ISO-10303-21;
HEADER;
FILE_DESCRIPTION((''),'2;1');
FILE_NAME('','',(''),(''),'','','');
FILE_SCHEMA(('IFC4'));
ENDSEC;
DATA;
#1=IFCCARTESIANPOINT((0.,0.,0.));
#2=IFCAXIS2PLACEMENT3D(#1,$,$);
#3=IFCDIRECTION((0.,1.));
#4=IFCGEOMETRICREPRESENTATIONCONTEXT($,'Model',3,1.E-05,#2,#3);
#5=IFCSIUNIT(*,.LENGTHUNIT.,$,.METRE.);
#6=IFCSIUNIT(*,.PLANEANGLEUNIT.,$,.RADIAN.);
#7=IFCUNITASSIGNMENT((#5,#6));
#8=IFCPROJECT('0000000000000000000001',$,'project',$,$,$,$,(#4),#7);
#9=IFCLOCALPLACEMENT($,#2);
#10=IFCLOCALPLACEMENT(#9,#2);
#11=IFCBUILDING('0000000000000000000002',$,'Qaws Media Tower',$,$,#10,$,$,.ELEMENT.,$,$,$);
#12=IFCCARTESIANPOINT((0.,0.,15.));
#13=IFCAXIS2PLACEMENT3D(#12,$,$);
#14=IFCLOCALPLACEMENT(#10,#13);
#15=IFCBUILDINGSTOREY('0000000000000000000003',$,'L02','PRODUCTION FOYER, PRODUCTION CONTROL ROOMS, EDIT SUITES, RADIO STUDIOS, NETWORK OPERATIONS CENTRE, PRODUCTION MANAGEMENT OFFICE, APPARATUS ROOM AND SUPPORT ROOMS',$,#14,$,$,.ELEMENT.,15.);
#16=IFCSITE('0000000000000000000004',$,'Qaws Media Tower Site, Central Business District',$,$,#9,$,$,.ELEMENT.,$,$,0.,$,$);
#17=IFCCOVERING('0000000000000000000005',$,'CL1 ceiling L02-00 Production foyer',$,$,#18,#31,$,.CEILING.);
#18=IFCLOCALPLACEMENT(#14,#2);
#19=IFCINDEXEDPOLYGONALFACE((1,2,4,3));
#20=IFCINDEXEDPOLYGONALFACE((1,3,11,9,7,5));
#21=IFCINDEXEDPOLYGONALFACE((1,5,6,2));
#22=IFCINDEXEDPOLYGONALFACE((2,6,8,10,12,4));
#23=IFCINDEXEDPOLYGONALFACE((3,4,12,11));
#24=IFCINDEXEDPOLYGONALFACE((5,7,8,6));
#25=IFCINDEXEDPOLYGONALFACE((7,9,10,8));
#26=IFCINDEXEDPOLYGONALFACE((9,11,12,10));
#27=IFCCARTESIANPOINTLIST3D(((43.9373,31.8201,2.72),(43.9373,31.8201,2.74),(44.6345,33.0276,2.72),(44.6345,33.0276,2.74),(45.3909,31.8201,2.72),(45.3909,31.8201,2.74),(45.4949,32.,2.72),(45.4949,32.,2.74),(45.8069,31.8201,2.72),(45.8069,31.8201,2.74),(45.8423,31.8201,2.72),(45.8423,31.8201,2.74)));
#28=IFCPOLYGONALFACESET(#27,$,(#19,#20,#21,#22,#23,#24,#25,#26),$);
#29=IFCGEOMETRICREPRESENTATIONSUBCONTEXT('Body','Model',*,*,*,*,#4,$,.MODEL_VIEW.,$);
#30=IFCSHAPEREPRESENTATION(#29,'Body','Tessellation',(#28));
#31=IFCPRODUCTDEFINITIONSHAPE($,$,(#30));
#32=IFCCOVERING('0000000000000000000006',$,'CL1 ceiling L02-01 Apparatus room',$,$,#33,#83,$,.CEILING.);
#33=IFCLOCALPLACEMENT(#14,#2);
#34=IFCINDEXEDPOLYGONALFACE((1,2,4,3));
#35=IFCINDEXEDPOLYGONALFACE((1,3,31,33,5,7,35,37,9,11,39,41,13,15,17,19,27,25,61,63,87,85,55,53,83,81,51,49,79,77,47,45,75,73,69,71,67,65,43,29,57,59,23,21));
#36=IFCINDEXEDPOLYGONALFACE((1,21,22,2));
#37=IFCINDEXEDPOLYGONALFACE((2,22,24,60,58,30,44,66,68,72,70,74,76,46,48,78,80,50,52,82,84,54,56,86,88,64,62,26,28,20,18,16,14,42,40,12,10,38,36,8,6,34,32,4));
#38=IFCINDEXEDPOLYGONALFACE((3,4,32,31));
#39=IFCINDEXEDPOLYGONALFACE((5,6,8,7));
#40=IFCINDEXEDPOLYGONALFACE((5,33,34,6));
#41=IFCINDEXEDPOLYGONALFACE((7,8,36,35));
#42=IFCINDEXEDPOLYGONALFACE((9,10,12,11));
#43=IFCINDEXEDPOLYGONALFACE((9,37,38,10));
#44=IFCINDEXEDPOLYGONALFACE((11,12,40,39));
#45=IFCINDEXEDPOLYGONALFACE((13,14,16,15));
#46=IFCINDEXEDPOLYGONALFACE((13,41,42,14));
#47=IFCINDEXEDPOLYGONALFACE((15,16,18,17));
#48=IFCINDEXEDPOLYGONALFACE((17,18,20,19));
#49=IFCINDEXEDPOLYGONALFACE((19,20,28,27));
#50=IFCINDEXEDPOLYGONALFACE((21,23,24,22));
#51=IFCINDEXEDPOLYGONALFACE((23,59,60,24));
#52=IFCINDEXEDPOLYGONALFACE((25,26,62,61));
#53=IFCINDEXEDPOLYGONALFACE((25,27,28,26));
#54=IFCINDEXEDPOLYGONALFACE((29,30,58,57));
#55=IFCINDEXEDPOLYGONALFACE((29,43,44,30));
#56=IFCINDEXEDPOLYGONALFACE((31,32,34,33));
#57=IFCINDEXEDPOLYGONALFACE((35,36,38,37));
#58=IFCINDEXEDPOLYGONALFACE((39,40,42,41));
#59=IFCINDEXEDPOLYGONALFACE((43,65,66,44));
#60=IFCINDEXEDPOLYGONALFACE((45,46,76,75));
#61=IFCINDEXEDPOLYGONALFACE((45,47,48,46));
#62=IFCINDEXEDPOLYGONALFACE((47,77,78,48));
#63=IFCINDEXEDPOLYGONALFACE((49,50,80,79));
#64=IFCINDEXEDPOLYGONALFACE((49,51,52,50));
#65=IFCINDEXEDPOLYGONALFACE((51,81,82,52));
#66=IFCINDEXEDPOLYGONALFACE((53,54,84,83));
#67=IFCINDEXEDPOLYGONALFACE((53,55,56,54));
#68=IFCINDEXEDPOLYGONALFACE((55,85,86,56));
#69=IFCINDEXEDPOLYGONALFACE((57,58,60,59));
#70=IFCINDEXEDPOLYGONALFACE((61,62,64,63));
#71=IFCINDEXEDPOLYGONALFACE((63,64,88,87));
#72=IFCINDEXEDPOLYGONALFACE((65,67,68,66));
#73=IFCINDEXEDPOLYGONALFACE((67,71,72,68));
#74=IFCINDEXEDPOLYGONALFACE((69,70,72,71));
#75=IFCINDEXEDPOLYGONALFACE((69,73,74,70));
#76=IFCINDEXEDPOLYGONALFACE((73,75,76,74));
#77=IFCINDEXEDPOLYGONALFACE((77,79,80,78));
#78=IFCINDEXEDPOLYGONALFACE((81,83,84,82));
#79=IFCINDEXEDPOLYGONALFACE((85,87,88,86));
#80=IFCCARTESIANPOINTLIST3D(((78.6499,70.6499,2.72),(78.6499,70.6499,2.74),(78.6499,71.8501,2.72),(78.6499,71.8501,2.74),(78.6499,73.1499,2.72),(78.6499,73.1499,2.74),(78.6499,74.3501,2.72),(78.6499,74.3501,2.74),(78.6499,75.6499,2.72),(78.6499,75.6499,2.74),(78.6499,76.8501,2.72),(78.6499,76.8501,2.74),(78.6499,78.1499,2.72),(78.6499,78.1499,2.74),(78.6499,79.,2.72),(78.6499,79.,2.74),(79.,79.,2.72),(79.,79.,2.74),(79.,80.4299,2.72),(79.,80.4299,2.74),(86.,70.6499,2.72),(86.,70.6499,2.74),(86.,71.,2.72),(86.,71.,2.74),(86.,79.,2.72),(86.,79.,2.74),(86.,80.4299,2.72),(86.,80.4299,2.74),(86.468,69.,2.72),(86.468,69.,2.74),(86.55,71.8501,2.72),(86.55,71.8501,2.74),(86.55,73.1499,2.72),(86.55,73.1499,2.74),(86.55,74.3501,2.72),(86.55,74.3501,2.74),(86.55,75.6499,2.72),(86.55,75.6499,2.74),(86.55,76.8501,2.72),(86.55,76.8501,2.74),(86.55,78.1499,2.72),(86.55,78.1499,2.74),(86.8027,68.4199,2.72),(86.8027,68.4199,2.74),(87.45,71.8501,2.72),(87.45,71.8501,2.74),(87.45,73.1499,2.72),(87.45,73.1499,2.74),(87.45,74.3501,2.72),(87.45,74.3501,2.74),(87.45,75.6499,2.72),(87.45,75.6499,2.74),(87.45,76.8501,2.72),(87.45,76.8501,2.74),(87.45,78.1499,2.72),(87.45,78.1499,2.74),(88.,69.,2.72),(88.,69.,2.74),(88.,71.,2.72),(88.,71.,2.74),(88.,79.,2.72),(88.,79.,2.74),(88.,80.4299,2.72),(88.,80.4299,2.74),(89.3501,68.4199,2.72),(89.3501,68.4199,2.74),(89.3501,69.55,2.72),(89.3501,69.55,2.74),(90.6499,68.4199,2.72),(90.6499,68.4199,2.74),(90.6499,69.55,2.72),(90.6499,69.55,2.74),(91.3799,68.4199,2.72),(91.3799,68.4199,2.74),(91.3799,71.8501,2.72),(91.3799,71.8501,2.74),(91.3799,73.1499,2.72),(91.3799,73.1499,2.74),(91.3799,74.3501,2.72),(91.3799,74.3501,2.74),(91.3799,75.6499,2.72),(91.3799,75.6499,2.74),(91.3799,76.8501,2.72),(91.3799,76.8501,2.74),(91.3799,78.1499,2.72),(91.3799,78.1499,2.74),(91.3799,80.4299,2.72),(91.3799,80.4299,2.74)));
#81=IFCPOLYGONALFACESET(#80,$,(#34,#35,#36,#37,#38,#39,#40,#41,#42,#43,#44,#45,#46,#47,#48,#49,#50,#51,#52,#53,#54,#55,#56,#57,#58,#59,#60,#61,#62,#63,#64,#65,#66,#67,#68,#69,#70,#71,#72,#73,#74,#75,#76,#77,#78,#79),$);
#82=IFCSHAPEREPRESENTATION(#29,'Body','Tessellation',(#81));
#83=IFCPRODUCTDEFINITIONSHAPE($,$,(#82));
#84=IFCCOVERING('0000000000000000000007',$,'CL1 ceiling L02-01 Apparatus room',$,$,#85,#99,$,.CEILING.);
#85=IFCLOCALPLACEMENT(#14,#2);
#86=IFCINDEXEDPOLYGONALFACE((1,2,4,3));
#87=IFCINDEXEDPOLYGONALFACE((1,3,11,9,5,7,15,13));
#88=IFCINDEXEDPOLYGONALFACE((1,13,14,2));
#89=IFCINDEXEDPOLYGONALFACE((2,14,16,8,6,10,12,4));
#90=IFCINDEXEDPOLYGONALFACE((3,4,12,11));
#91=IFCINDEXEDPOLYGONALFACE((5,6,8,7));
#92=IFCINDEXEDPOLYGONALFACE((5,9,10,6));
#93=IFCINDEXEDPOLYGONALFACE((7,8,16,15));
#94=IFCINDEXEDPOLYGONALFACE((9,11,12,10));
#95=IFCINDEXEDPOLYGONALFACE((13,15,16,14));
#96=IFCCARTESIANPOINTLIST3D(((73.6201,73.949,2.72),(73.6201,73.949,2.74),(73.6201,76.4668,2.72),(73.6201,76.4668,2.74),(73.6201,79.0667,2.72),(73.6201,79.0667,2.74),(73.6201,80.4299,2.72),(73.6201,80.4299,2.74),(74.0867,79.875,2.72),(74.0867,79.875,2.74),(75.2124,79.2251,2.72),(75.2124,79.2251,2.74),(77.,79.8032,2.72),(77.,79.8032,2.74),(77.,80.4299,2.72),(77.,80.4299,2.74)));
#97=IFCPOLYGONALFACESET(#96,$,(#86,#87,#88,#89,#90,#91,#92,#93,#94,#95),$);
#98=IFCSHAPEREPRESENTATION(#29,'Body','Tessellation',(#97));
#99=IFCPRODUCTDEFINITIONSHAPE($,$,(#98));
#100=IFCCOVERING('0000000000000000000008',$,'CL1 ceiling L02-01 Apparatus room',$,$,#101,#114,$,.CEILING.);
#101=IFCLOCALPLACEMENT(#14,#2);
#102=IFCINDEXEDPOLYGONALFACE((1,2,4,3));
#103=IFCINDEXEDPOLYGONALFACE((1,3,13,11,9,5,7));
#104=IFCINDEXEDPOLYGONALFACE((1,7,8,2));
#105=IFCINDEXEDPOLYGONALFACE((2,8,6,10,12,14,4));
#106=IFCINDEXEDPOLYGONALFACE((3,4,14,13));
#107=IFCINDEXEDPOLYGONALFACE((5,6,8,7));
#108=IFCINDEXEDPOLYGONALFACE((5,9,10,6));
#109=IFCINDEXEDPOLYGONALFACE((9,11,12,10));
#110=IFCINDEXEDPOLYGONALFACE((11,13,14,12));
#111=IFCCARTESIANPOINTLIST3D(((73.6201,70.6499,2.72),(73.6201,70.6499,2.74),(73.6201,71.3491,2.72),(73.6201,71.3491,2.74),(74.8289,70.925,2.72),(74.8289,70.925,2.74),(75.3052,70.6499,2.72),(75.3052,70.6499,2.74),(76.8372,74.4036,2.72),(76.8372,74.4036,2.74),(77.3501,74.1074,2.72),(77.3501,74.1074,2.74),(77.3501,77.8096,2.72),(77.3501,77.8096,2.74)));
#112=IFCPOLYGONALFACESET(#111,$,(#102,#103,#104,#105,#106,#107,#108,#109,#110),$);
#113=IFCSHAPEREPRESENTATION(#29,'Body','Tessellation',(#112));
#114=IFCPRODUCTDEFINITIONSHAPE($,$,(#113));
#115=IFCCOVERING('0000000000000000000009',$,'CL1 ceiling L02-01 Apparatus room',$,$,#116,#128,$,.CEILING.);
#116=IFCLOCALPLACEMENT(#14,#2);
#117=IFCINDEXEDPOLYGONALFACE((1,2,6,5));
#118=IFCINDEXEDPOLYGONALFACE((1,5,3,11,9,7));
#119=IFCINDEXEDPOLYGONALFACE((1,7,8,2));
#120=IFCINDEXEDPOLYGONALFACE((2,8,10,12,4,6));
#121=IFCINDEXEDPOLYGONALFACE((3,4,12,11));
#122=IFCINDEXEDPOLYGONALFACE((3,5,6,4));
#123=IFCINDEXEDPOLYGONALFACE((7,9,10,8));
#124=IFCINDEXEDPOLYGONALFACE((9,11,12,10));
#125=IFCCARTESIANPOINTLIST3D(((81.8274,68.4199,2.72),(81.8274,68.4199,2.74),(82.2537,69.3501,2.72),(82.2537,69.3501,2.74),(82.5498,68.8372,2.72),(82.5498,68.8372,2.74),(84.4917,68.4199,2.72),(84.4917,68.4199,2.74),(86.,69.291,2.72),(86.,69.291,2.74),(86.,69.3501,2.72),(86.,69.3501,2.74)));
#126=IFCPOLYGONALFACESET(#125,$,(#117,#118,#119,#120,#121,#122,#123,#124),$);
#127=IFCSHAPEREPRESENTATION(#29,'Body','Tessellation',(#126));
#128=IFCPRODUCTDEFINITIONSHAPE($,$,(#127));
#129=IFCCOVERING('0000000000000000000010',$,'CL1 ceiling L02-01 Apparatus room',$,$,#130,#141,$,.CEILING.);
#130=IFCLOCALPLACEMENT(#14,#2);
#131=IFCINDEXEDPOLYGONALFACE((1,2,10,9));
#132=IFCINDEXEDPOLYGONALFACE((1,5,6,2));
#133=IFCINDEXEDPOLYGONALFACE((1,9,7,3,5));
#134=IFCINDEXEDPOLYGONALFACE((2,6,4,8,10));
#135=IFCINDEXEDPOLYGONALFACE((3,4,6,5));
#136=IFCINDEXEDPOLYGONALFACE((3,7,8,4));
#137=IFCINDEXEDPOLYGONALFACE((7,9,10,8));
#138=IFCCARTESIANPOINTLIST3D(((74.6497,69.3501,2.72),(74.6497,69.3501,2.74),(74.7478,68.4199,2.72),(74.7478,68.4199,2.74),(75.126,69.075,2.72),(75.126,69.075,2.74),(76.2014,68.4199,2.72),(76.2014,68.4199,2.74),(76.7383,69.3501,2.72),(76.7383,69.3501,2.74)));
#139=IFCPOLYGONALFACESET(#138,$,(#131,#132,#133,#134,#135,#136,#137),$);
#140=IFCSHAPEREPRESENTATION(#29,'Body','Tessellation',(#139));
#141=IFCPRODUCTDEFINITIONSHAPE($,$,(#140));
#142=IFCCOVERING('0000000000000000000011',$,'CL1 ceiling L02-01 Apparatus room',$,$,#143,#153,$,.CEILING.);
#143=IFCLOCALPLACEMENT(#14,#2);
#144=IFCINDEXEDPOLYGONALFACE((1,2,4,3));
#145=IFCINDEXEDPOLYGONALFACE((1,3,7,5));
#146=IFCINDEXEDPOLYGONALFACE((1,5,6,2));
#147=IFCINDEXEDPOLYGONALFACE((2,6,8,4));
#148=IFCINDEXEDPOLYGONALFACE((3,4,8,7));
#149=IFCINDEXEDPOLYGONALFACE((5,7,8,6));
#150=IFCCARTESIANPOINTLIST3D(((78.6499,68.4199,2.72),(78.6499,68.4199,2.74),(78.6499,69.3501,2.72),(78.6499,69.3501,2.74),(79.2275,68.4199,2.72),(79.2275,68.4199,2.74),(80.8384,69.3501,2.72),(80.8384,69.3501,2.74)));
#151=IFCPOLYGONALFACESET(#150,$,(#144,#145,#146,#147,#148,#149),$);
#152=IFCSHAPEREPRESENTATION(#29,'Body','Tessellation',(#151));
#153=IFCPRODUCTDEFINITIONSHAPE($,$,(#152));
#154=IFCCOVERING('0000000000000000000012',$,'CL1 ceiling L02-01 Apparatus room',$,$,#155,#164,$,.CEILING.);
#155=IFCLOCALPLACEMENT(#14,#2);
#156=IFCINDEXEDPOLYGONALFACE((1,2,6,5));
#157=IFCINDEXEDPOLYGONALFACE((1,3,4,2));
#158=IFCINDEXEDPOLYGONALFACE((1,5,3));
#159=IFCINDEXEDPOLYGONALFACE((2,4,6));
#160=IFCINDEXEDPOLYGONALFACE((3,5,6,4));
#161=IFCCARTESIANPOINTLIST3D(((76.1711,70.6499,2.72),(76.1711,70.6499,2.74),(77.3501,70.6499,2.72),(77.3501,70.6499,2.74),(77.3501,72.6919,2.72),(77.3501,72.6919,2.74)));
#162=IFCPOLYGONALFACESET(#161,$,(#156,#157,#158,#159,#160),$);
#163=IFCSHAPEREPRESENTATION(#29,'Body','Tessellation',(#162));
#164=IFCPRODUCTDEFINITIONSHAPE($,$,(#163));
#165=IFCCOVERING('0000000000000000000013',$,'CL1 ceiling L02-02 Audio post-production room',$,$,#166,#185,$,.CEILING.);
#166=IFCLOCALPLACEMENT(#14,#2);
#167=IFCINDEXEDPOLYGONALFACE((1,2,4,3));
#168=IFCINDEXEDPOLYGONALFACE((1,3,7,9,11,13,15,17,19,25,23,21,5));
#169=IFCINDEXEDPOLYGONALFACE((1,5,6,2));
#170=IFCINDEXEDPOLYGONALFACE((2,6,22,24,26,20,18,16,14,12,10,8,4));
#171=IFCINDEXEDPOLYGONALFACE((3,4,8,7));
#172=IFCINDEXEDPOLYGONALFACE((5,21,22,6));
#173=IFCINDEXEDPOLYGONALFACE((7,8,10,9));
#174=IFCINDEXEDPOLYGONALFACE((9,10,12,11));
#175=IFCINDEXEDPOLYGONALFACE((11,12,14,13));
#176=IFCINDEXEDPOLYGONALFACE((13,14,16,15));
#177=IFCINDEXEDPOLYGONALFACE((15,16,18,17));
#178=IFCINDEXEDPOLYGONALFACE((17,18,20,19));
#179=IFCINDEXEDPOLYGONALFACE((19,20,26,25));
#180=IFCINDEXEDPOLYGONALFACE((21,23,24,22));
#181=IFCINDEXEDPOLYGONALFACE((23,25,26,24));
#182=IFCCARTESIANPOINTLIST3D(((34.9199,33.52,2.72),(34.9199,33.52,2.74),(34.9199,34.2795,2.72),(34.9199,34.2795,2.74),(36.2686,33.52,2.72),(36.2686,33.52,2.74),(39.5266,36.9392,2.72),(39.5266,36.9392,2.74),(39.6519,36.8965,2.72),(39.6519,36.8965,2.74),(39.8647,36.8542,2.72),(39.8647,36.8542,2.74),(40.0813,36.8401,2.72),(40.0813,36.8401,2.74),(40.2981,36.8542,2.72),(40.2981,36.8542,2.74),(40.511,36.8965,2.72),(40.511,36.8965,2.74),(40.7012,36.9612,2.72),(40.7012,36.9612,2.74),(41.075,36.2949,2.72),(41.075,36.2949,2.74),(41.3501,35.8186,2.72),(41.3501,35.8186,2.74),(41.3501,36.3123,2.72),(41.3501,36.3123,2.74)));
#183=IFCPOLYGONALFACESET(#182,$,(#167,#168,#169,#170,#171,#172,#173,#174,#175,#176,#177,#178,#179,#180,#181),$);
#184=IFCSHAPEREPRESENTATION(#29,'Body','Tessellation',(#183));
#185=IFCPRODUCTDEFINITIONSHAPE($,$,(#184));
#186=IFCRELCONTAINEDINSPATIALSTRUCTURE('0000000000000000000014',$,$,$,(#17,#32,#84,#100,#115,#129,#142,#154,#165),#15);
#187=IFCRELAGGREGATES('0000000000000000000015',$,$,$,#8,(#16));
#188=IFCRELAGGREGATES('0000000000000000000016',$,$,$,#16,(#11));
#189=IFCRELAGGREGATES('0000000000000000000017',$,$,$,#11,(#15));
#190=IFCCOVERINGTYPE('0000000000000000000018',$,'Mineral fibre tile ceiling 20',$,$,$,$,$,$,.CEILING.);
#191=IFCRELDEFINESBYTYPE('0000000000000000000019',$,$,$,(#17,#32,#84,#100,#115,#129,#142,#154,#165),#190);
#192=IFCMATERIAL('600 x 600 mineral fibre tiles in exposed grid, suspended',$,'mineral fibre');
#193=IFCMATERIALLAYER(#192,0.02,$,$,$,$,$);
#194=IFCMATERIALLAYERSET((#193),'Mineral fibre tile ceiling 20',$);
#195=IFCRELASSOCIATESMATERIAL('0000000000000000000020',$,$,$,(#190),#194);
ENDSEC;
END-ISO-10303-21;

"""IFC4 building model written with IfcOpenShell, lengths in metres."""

from ifc_helpers import new_model, si_unit, direction, frame, origin, place, context, subcontext, project, spatial, polyline, outline, extrude, material, layer, layer_set, type_object, element, save


model = new_model("IFC4")

# Units and contexts
model_context = context("Model", 3, precision=1e-05, world=origin(), true_north=direction((0.0, 1.0)))
body_context = subcontext(model_context, "Body", "Model", "MODEL_VIEW")
ifc_project = project(units=[si_unit("LENGTHUNIT", "METRE"), si_unit("PLANEANGLEUNIT", "RADIAN")], contexts=[model_context])

# Site, building, storey
site_placement = place(None, origin())
site = spatial("IfcSite", under=ifc_project, at=site_placement, Name="Qaws Media Tower Site, Central Business District", CompositionType="ELEMENT", RefElevation=0.0)
building_placement = place(site_placement, origin())
building = spatial("IfcBuilding", under=site, at=building_placement, Name="Qaws Media Tower", CompositionType="ELEMENT")
storey_placement = place(building_placement, frame((0.0, 0.0, 15.0)))
storey = spatial("IfcBuildingStorey", under=building, at=storey_placement, Name="L02", Description="PRODUCTION FOYER, PRODUCTION CONTROL ROOMS, EDIT SUITES, RADIO STUDIOS, NETWORK OPERATIONS CENTRE, PRODUCTION MANAGEMENT OFFICE, APPARATUS ROOM AND SUPPORT ROOMS", CompositionType="ELEMENT", Elevation=15.0)

# Coverings
ifc_material_1 = material(Name="600 x 600 mineral fibre tiles in exposed grid, suspended", Category="mineral fibre")
ifc_layer_1 = layer(ifc_material_1, 0.02)
ifc_layer_set_1 = layer_set([ifc_layer_1], Name="Mineral fibre tile ceiling 20")
covering_type_1 = type_object("IfcCoveringType", Name="Mineral fibre tile ceiling 20", PredefinedType="CEILING", material=ifc_layer_set_1)
covering_1_placement = place(storey_placement, frame((0.0, 0.0, 2.72)))
element("IfcCovering", 1, at=covering_1_placement, inside=storey, type_object=covering_type_1, Name="CL1 ceiling L02-00 Production foyer", PredefinedType="CEILING", context=body_context, shape_type="SweptSolid", body=[
    extrude(outline(polyline([(45.8069, 31.8201), (45.4949, 32.0), (45.3909, 31.8201), (43.9373, 31.8201), (44.6345, 33.0276), (45.8423, 31.8201), (45.8069, 31.8201)])), origin(), (0.0, 0.0, 1.0), 0.02),
])
covering_2_placement = place(storey_placement, frame((0.0, 0.0, 2.72)))
element("IfcCovering", 2, at=covering_2_placement, inside=storey, type_object=covering_type_1, Name="CL1 ceiling L02-01 Apparatus room", PredefinedType="CEILING", context=body_context, shape_type="SweptSolid", body=[
    extrude(outline(polyline([(79.0, 79.0), (79.0, 80.4299), (86.0, 80.4299), (86.0, 79.0), (88.0, 79.0), (88.0, 80.4299), (91.3799, 80.4299), (91.3799, 78.1499), (87.45, 78.1499), (87.45, 76.8501), (91.3799, 76.8501), (91.3799, 75.6499), (87.45, 75.6499), (87.45, 74.3501), (91.3799, 74.3501), (91.3799, 73.1499), (87.45, 73.1499), (87.45, 71.8501), (91.3799, 71.8501), (91.3799, 68.4199), (90.6499, 68.4199), (90.6499, 69.55), (89.3501, 69.55), (89.3501, 68.4199), (86.8027, 68.4199), (86.468, 69.0), (88.0, 69.0), (88.0, 71.0), (86.0, 71.0), (86.0, 70.6499), (78.6499, 70.6499), (78.6499, 71.8501), (86.55, 71.8501), (86.55, 73.1499), (78.6499, 73.1499), (78.6499, 74.3501), (86.55, 74.3501), (86.55, 75.6499), (78.6499, 75.6499), (78.6499, 76.8501), (86.55, 76.8501), (86.55, 78.1499), (78.6499, 78.1499), (78.6499, 79.0), (79.0, 79.0)])), origin(), (0.0, 0.0, 1.0), 0.02),
])
covering_3_placement = place(storey_placement, frame((0.0, 0.0, 2.72)))
element("IfcCovering", 3, at=covering_3_placement, inside=storey, type_object=covering_type_1, Name="CL1 ceiling L02-01 Apparatus room", PredefinedType="CEILING", context=body_context, shape_type="SweptSolid", body=[
    extrude(outline(polyline([(77.0, 80.4299), (77.0, 79.8032), (73.6201, 73.949), (73.6201, 76.4668), (75.2124, 79.2251), (74.0867, 79.875), (73.6201, 79.0667), (73.6201, 80.4299), (77.0, 80.4299)])), origin(), (0.0, 0.0, 1.0), 0.02),
])
covering_4_placement = place(storey_placement, frame((0.0, 0.0, 2.72)))
element("IfcCovering", 4, at=covering_4_placement, inside=storey, type_object=covering_type_1, Name="CL1 ceiling L02-01 Apparatus room", PredefinedType="CEILING", context=body_context, shape_type="SweptSolid", body=[
    extrude(outline(polyline([(73.6201, 71.3491), (77.3501, 77.8096), (77.3501, 74.1074), (76.8372, 74.4036), (74.8289, 70.925), (75.3052, 70.6499), (73.6201, 70.6499), (73.6201, 71.3491)])), origin(), (0.0, 0.0, 1.0), 0.02),
])
covering_5_placement = place(storey_placement, frame((0.0, 0.0, 2.72)))
element("IfcCovering", 5, at=covering_5_placement, inside=storey, type_object=covering_type_1, Name="CL1 ceiling L02-01 Apparatus room", PredefinedType="CEILING", context=body_context, shape_type="SweptSolid", body=[
    extrude(outline(polyline([(81.8274, 68.4199), (82.5498, 68.8372), (82.2537, 69.3501), (86.0, 69.3501), (86.0, 69.291), (84.4917, 68.4199), (81.8274, 68.4199)])), origin(), (0.0, 0.0, 1.0), 0.02),
])
covering_6_placement = place(storey_placement, frame((0.0, 0.0, 2.72)))
element("IfcCovering", 6, at=covering_6_placement, inside=storey, type_object=covering_type_1, Name="CL1 ceiling L02-01 Apparatus room", PredefinedType="CEILING", context=body_context, shape_type="SweptSolid", body=[
    extrude(outline(polyline([(74.7478, 68.4199), (75.126, 69.075), (74.6497, 69.3501), (76.7383, 69.3501), (76.2014, 68.4199), (74.7478, 68.4199)])), origin(), (0.0, 0.0, 1.0), 0.02),
])
covering_7_placement = place(storey_placement, frame((0.0, 0.0, 2.72)))
element("IfcCovering", 7, at=covering_7_placement, inside=storey, type_object=covering_type_1, Name="CL1 ceiling L02-01 Apparatus room", PredefinedType="CEILING", context=body_context, shape_type="SweptSolid", body=[
    extrude(outline(polyline([(78.6499, 68.4199), (78.6499, 69.3501), (80.8384, 69.3501), (79.2275, 68.4199), (78.6499, 68.4199)])), origin(), (0.0, 0.0, 1.0), 0.02),
])
covering_8_placement = place(storey_placement, frame((0.0, 0.0, 2.72)))
element("IfcCovering", 8, at=covering_8_placement, inside=storey, type_object=covering_type_1, Name="CL1 ceiling L02-01 Apparatus room", PredefinedType="CEILING", context=body_context, shape_type="SweptSolid", body=[
    extrude(outline(polyline([(77.3501, 72.6919), (77.3501, 70.6499), (76.1711, 70.6499), (77.3501, 72.6919)])), origin(), (0.0, 0.0, 1.0), 0.02),
])
covering_9_placement = place(storey_placement, frame((0.0, 0.0, 2.72)))
element("IfcCovering", 9, at=covering_9_placement, inside=storey, type_object=covering_type_1, Name="CL1 ceiling L02-02 Audio post-production room", PredefinedType="CEILING", context=body_context, shape_type="SweptSolid", body=[
    extrude(outline(polyline([(34.9199, 33.52), (34.9199, 34.2795), (39.5266, 36.9392), (39.6519, 36.8965), (39.8647, 36.8542), (40.0813, 36.8401), (40.2981, 36.8542), (40.511, 36.8965), (40.7012, 36.9612), (41.3501, 36.3123), (41.3501, 35.8186), (41.075, 36.2949), (36.2686, 33.52), (34.9199, 33.52)])), origin(), (0.0, 0.0, 1.0), 0.02),
])

save(model, "model.ifc")
